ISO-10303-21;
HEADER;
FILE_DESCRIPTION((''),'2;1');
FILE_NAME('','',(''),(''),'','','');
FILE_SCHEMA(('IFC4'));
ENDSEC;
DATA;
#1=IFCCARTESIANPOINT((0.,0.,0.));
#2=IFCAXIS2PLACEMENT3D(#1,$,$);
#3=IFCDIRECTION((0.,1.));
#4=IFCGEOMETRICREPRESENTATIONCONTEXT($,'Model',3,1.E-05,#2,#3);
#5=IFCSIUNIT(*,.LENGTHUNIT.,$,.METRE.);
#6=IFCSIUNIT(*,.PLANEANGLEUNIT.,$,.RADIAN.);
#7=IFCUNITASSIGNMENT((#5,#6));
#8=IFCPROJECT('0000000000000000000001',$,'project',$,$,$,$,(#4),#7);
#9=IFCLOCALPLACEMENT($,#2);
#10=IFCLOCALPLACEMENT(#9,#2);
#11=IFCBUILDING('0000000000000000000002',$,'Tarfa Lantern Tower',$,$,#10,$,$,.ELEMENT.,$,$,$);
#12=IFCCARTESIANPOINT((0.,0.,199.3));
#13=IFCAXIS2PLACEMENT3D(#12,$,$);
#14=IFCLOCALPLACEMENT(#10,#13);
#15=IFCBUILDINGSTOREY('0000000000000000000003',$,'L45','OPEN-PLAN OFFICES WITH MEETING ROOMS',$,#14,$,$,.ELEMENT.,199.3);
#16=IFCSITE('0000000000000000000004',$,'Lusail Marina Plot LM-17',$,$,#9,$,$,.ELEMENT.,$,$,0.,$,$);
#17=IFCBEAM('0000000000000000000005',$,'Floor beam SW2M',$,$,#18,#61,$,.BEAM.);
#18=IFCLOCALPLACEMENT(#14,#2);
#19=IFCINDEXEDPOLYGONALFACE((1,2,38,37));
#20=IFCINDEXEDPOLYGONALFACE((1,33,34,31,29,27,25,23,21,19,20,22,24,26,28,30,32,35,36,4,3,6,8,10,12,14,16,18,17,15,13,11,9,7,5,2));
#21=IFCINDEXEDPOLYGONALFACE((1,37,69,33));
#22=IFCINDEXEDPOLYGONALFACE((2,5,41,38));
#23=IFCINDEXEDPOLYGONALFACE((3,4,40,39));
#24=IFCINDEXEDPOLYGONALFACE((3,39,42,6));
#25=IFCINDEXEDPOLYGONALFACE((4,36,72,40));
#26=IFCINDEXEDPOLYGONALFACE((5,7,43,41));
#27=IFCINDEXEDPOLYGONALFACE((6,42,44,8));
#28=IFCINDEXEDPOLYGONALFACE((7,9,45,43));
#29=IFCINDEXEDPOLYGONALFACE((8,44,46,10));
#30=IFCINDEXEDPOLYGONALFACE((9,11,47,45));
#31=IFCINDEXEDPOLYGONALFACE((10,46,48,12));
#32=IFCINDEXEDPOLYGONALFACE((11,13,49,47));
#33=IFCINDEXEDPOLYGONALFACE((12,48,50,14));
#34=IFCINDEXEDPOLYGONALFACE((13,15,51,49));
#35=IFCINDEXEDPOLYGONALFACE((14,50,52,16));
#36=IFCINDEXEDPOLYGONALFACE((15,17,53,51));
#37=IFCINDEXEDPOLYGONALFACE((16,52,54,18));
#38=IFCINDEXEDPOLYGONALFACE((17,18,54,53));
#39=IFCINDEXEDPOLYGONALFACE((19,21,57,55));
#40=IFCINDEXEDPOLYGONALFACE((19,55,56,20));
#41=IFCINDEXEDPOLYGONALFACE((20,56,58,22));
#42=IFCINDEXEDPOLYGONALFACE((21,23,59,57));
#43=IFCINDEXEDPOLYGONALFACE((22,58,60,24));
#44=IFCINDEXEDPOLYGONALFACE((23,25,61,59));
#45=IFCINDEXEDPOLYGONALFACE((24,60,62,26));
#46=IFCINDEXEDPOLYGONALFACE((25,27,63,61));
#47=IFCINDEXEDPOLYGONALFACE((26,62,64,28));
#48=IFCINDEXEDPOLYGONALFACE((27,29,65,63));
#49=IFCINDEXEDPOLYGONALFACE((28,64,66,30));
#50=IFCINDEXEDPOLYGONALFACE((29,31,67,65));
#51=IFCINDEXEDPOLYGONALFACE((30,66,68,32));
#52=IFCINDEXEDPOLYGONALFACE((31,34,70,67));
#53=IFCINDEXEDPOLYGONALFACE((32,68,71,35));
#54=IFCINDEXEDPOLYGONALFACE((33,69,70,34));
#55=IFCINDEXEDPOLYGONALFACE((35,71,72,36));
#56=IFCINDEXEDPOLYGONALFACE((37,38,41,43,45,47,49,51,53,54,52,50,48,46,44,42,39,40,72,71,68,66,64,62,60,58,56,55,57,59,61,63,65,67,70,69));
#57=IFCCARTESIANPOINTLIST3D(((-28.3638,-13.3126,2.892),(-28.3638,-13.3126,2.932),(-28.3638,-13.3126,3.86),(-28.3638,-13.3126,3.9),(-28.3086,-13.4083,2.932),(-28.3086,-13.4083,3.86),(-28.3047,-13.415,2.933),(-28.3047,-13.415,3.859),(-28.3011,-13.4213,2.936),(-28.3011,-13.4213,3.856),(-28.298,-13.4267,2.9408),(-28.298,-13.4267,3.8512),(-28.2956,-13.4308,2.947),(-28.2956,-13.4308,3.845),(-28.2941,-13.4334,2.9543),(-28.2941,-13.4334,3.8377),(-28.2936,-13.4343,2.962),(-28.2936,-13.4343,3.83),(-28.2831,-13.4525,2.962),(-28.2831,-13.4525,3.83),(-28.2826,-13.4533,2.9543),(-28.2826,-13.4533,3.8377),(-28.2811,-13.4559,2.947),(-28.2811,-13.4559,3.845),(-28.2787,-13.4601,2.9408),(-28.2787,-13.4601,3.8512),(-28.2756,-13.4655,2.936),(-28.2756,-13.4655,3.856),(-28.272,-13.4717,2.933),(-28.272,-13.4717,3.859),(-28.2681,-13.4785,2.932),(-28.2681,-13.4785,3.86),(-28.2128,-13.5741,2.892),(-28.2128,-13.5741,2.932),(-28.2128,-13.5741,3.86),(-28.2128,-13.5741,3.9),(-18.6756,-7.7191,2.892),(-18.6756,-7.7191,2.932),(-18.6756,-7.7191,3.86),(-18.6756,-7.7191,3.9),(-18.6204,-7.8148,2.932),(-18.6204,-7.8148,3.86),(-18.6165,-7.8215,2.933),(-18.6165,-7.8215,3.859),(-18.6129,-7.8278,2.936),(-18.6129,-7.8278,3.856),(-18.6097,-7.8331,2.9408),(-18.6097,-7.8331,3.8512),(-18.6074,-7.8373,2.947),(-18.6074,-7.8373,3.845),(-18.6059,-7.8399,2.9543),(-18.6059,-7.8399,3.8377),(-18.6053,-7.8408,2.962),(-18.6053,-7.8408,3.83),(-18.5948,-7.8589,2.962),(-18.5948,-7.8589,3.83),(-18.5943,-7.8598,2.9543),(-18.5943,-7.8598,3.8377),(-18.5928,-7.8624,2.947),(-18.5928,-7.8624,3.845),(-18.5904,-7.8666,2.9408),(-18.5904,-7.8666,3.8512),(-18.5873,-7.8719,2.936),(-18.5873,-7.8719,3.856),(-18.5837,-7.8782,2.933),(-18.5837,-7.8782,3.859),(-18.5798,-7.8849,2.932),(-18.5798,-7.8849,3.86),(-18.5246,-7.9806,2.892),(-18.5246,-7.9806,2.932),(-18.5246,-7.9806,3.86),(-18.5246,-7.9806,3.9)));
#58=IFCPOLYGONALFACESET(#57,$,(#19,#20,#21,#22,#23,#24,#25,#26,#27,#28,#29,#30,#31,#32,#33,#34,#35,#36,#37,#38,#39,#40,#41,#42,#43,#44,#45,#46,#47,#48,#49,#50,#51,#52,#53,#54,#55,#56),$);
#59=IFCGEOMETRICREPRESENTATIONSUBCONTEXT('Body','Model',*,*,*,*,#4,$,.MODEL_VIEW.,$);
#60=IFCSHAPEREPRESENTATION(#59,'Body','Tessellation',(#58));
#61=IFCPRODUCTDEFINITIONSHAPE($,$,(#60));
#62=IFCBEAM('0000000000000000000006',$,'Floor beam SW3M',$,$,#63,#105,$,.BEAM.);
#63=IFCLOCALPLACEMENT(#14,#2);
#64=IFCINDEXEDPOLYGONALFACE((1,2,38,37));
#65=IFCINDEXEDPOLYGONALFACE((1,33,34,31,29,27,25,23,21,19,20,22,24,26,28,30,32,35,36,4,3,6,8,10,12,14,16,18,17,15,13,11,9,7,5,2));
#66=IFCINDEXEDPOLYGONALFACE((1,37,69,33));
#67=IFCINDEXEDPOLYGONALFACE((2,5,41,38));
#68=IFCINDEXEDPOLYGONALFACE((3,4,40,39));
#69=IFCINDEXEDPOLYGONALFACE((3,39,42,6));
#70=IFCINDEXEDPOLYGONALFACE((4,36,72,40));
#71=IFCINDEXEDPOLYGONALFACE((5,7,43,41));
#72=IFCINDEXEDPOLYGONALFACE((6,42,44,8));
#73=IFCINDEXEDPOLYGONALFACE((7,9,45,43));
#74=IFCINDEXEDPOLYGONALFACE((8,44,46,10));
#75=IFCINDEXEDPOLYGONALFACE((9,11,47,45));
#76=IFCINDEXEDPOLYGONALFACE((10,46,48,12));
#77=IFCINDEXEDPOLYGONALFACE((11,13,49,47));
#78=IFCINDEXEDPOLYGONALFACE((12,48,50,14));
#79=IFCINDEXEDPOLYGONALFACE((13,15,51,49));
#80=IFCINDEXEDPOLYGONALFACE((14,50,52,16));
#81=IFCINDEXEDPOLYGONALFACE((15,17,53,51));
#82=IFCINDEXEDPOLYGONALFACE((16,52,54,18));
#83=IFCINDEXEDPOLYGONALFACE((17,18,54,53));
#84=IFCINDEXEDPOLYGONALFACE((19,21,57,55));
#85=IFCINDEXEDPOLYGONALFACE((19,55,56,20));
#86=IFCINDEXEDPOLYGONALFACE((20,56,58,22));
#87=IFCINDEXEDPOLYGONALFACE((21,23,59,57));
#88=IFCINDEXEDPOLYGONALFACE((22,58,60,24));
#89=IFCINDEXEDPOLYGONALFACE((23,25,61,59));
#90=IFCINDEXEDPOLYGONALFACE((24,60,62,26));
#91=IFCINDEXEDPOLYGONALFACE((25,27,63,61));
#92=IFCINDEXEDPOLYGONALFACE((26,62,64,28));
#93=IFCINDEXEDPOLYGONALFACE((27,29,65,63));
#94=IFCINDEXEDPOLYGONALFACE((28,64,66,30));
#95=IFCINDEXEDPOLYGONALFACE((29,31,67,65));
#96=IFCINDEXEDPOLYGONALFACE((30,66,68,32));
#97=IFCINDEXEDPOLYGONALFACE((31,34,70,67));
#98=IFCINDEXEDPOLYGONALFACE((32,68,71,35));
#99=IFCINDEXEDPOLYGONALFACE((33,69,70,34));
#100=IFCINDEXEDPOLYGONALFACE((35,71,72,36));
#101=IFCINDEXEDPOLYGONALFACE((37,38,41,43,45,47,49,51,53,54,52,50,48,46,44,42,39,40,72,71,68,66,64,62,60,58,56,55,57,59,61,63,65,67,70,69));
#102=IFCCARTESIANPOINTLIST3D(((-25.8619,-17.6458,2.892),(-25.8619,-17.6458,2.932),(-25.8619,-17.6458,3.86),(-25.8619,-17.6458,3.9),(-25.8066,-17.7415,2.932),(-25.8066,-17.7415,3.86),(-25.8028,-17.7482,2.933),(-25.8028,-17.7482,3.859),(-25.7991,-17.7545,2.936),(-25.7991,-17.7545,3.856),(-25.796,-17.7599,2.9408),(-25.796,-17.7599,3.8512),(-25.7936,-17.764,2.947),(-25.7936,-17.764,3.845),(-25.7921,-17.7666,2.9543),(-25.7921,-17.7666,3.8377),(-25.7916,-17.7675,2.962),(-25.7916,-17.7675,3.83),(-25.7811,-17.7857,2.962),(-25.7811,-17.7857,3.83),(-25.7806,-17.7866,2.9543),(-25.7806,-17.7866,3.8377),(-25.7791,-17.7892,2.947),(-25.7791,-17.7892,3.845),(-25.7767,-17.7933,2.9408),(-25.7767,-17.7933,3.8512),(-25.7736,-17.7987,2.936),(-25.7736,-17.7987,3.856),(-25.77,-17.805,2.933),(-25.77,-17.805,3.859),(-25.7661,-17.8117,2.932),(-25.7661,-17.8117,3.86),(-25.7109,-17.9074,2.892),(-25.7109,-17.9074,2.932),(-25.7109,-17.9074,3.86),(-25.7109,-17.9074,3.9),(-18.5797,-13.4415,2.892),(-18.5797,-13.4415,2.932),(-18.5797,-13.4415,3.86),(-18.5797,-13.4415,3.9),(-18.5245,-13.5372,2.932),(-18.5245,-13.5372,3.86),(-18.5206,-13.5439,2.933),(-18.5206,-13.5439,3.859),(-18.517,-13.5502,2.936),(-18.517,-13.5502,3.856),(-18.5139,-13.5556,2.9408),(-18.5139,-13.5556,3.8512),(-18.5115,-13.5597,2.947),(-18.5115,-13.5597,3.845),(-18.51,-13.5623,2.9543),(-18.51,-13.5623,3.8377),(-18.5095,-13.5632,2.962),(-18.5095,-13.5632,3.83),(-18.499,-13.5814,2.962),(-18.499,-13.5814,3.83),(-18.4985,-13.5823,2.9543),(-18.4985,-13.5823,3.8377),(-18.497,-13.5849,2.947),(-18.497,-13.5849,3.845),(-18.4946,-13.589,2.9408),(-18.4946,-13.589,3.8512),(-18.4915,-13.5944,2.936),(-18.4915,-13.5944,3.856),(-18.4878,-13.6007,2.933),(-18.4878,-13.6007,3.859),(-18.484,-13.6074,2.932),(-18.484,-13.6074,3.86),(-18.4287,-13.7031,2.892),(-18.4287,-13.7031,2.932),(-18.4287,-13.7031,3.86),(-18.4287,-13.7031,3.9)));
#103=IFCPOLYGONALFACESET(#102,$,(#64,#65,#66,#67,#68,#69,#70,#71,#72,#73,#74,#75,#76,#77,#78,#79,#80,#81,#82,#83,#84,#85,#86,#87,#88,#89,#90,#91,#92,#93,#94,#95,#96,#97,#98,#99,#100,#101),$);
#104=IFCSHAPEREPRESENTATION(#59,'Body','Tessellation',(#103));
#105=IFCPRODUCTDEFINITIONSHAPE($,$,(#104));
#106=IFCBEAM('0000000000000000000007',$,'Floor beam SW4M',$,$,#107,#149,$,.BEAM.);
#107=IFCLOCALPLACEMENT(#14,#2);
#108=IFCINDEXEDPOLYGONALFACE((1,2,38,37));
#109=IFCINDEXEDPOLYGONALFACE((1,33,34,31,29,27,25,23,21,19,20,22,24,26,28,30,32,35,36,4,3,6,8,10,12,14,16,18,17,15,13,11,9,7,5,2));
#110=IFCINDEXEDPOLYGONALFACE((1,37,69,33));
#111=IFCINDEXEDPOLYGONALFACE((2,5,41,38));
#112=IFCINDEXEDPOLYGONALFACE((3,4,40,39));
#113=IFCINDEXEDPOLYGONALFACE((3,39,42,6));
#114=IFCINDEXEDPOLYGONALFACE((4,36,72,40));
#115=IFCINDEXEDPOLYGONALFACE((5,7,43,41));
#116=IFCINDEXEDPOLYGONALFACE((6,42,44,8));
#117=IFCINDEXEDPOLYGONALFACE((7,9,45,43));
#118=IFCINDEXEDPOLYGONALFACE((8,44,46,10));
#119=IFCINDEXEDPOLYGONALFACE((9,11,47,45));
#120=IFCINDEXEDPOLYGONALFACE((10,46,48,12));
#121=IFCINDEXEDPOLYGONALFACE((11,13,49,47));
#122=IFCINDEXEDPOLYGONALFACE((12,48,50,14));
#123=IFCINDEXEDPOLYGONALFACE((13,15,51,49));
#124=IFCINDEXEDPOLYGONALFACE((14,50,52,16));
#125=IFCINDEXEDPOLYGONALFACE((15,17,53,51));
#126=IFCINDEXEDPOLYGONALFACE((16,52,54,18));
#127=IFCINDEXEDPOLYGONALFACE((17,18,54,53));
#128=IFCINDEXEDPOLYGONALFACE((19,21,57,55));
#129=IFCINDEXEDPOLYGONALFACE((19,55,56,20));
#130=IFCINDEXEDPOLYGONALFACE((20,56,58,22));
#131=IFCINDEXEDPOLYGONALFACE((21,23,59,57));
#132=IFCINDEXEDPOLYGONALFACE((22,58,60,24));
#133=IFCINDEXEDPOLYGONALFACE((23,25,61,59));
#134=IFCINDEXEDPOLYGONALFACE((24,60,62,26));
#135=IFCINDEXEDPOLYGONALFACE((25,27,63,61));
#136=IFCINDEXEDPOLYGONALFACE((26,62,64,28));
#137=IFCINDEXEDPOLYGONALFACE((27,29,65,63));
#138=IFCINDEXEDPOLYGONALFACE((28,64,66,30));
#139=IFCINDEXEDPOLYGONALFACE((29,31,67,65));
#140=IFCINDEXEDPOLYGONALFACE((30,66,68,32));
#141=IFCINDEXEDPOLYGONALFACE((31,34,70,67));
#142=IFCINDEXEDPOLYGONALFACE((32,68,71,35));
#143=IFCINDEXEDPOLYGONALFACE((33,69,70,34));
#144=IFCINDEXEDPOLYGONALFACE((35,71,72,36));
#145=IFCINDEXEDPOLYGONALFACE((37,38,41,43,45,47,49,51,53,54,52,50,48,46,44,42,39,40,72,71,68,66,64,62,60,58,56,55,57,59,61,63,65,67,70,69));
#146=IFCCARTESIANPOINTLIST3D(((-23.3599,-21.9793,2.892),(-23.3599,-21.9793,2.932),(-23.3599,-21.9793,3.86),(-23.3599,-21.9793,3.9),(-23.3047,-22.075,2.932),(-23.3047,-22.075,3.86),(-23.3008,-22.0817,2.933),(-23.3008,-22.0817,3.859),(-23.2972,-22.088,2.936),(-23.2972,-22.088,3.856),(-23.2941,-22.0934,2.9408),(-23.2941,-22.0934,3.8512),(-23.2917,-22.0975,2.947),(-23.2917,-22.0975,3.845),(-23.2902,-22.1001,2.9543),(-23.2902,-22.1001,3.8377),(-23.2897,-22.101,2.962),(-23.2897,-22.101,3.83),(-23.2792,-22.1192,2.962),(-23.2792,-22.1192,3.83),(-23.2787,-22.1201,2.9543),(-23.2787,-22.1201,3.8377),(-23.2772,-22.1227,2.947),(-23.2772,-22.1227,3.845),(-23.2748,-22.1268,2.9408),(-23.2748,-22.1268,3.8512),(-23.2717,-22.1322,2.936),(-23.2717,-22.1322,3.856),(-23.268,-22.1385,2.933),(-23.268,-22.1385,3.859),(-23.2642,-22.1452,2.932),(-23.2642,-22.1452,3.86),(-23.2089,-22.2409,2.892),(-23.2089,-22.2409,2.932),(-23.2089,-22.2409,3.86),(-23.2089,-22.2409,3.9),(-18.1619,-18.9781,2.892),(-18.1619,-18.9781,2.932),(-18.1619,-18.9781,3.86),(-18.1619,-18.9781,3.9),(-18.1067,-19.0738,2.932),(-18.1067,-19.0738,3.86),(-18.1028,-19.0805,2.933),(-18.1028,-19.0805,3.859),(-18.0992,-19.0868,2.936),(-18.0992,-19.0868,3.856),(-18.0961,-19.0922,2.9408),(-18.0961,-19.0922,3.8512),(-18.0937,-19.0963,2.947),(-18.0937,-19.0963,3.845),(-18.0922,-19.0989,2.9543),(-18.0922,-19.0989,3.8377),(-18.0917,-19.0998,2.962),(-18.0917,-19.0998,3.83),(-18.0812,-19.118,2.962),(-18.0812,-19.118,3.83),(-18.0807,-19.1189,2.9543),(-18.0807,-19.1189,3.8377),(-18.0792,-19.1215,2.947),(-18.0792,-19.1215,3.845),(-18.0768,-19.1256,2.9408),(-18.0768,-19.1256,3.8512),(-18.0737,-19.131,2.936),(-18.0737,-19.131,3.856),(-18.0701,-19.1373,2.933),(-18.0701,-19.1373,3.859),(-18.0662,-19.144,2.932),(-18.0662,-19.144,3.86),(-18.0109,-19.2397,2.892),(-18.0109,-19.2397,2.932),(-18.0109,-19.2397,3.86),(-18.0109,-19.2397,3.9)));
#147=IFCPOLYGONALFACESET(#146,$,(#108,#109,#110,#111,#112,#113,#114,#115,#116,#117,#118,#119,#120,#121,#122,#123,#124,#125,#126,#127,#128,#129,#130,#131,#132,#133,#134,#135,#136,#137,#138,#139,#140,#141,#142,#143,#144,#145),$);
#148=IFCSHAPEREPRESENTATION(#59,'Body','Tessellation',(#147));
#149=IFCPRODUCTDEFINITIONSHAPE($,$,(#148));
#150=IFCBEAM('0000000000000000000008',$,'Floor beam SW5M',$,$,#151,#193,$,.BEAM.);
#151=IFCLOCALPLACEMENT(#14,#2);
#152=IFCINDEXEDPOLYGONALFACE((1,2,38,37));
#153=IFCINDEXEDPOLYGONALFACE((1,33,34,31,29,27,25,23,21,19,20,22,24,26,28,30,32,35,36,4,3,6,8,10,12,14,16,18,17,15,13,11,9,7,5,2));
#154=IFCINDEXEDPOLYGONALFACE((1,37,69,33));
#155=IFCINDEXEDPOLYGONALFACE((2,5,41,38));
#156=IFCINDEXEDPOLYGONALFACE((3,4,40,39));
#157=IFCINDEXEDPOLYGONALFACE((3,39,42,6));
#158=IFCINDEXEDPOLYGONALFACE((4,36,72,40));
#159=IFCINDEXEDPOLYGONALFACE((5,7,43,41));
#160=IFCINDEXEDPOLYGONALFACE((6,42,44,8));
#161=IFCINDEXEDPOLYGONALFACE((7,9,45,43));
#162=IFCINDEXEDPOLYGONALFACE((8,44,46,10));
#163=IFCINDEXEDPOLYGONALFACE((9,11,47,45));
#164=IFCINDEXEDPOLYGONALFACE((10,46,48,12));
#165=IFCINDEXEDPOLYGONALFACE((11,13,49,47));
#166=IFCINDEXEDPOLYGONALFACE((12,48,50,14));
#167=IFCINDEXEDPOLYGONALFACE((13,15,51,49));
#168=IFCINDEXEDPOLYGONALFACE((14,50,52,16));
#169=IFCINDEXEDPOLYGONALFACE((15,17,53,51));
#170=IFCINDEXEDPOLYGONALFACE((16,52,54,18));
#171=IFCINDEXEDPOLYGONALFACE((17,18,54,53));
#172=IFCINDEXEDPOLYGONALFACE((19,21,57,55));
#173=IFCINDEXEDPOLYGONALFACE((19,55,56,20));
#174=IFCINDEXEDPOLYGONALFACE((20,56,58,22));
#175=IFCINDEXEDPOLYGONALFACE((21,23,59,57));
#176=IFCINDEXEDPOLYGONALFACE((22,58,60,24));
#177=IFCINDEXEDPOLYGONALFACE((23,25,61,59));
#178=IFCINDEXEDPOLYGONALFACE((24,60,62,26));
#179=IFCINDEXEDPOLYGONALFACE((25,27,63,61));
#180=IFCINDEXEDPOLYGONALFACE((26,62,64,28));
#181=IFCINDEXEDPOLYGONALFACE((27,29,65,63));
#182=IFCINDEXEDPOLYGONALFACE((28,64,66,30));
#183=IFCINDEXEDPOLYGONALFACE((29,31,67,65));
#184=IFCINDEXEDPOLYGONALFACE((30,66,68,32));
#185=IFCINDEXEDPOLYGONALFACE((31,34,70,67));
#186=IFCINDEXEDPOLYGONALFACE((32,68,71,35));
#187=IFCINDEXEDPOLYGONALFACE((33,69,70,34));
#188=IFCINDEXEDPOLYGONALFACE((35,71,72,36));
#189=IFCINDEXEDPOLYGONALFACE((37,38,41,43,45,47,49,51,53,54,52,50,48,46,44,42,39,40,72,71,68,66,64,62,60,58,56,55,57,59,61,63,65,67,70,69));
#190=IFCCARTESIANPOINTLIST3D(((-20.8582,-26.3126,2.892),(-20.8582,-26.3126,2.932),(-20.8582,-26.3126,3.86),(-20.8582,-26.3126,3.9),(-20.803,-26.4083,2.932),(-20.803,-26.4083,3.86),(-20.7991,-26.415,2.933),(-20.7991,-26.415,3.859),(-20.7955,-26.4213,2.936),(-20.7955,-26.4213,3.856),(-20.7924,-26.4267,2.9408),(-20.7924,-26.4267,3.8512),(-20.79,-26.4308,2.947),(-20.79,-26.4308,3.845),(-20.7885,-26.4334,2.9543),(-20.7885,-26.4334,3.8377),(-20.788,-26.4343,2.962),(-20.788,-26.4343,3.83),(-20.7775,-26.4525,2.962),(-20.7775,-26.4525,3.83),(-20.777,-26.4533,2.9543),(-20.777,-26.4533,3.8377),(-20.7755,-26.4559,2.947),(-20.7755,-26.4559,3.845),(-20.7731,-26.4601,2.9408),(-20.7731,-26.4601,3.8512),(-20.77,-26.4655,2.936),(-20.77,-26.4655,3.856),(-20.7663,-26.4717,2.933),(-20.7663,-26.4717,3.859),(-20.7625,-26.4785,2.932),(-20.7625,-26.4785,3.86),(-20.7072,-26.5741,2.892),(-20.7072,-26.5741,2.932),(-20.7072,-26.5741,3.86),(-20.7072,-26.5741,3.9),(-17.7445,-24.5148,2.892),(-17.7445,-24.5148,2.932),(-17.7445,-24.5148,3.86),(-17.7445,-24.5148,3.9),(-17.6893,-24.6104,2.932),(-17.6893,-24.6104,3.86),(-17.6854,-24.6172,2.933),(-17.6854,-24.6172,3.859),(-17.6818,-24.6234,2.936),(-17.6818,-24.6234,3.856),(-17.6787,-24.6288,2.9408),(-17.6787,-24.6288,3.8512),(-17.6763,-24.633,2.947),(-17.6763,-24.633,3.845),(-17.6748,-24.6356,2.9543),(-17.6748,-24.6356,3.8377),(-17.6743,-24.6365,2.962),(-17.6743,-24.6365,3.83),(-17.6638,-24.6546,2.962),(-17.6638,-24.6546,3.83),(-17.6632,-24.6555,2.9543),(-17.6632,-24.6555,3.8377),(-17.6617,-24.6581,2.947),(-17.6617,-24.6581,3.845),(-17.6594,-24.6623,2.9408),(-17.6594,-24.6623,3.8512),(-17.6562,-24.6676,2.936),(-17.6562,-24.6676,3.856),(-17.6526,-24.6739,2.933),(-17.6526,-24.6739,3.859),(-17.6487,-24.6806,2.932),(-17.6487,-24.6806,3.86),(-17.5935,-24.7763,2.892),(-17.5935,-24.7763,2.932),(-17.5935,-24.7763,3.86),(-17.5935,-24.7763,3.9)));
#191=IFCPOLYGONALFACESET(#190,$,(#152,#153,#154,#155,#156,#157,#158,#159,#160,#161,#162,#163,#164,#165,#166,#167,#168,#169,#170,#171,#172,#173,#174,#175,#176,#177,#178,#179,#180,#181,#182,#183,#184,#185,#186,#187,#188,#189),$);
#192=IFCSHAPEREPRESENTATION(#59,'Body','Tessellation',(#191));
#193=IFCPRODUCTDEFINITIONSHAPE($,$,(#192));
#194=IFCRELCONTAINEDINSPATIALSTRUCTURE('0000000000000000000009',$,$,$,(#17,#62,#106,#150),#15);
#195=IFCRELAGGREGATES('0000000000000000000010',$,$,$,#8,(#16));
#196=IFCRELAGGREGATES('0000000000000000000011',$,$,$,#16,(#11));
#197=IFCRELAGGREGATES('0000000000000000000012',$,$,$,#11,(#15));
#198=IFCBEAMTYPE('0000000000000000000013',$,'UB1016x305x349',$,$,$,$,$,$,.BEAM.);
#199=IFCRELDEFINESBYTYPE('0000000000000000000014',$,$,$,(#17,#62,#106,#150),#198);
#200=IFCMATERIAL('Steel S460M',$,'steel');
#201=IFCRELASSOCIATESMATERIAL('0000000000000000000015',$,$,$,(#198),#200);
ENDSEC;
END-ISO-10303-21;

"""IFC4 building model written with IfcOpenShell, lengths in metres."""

from ifc_helpers import new_model, si_unit, direction, frame, origin, origin_2d, place, context, subcontext, project, spatial, i_section, extrude, material, material_profile, profile_set, type_object, element, save


model = new_model("IFC4")

# Units and contexts
model_context = context("Model", 3, precision=1e-05, world=origin(), true_north=direction((0.0, 1.0)))
body_context = subcontext(model_context, "Body", "Model", "MODEL_VIEW")
ifc_project = project(units=[si_unit("LENGTHUNIT", "METRE"), si_unit("PLANEANGLEUNIT", "RADIAN")], contexts=[model_context])

# Site, building, storey
site_placement = place(None, origin())
site = spatial("IfcSite", under=ifc_project, at=site_placement, Name="Lusail Marina Plot LM-17", CompositionType="ELEMENT", RefElevation=0.0)
building_placement = place(site_placement, origin())
building = spatial("IfcBuilding", under=site, at=building_placement, Name="Tarfa Lantern Tower", CompositionType="ELEMENT")
storey_placement = place(building_placement, frame((0.0, 0.0, 199.3)))
storey = spatial("IfcBuildingStorey", under=building, at=storey_placement, Name="L45", Description="OPEN-PLAN OFFICES WITH MEETING ROOMS", CompositionType="ELEMENT", Elevation=199.3)

# Beams
ifc_material_1 = material(Name="Steel S460M", Category="steel")
ifc_material_profile_1 = material_profile(ifc_material_1, i_section(OverallWidth=0.302, OverallDepth=1.0081, WebThickness=0.021, FlangeThickness=0.04, FilletRadius=0.03, at=origin_2d()), Name="UB1016x305x349")
ifc_profile_set_1 = profile_set([ifc_material_profile_1], Name="Steel S460M")
beam_type_1 = type_object("IfcBeamType", Name="UB1016x305x349", PredefinedType="BEAM", material=ifc_profile_set_1)
beam_1_placement = place(storey_placement, frame((-28.2883, -13.4434, 3.396), z_axis=(0.866025, 0.5, 0.0), x_axis=(-0.5, 0.866025, 0.0)))
element("IfcBeam", 1, at=beam_1_placement, inside=storey, type_object=beam_type_1, Name="Floor beam SW2M", PredefinedType="BEAM", context=body_context, shape_type="SweptSolid", body=[
    extrude(i_section(OverallWidth=0.302, OverallDepth=1.0081, WebThickness=0.021, FlangeThickness=0.04, FilletRadius=0.03, at=origin_2d()), origin(), (0.0, 0.0, 1.0), 11.187),
])
beam_2_placement = place(storey_placement, frame((-25.7864, -17.7766, 3.396), z_axis=(0.866028, 0.499996, 0.0), x_axis=(-0.499996, 0.866028, 0.0)))
element("IfcBeam", 2, at=beam_2_placement, inside=storey, type_object=beam_type_1, Name="Floor beam SW3M", PredefinedType="BEAM", context=body_context, shape_type="SweptSolid", body=[
    extrude(i_section(OverallWidth=0.302, OverallDepth=1.0081, WebThickness=0.021, FlangeThickness=0.04, FilletRadius=0.03, at=origin_2d()), origin(), (0.0, 0.0, 1.0), 8.4087),
])
beam_3_placement = place(storey_placement, frame((-23.2844, -22.1101, 3.396), z_axis=(0.866014, 0.500019, 0.0), x_axis=(-0.500019, 0.866014, 0.0)))
element("IfcBeam", 3, at=beam_3_placement, inside=storey, type_object=beam_type_1, Name="Floor beam SW4M", PredefinedType="BEAM", context=body_context, shape_type="SweptSolid", body=[
    extrude(i_section(OverallWidth=0.302, OverallDepth=1.0081, WebThickness=0.021, FlangeThickness=0.04, FilletRadius=0.03, at=origin_2d()), origin(), (0.0, 0.0, 1.0), 6.0022),
])
beam_4_placement = place(storey_placement, frame((-20.7827, -26.4434, 3.396), z_axis=(0.866011, 0.500024, 0.0), x_axis=(-0.500024, 0.866011, 0.0)))
element("IfcBeam", 4, at=beam_4_placement, inside=storey, type_object=beam_type_1, Name="Floor beam SW5M", PredefinedType="BEAM", context=body_context, shape_type="SweptSolid", body=[
    extrude(i_section(OverallWidth=0.302, OverallDepth=1.0081, WebThickness=0.021, FlangeThickness=0.04, FilletRadius=0.03, at=origin_2d()), origin(), (0.0, 0.0, 1.0), 3.5955),
])

save(model, "model.ifc")
